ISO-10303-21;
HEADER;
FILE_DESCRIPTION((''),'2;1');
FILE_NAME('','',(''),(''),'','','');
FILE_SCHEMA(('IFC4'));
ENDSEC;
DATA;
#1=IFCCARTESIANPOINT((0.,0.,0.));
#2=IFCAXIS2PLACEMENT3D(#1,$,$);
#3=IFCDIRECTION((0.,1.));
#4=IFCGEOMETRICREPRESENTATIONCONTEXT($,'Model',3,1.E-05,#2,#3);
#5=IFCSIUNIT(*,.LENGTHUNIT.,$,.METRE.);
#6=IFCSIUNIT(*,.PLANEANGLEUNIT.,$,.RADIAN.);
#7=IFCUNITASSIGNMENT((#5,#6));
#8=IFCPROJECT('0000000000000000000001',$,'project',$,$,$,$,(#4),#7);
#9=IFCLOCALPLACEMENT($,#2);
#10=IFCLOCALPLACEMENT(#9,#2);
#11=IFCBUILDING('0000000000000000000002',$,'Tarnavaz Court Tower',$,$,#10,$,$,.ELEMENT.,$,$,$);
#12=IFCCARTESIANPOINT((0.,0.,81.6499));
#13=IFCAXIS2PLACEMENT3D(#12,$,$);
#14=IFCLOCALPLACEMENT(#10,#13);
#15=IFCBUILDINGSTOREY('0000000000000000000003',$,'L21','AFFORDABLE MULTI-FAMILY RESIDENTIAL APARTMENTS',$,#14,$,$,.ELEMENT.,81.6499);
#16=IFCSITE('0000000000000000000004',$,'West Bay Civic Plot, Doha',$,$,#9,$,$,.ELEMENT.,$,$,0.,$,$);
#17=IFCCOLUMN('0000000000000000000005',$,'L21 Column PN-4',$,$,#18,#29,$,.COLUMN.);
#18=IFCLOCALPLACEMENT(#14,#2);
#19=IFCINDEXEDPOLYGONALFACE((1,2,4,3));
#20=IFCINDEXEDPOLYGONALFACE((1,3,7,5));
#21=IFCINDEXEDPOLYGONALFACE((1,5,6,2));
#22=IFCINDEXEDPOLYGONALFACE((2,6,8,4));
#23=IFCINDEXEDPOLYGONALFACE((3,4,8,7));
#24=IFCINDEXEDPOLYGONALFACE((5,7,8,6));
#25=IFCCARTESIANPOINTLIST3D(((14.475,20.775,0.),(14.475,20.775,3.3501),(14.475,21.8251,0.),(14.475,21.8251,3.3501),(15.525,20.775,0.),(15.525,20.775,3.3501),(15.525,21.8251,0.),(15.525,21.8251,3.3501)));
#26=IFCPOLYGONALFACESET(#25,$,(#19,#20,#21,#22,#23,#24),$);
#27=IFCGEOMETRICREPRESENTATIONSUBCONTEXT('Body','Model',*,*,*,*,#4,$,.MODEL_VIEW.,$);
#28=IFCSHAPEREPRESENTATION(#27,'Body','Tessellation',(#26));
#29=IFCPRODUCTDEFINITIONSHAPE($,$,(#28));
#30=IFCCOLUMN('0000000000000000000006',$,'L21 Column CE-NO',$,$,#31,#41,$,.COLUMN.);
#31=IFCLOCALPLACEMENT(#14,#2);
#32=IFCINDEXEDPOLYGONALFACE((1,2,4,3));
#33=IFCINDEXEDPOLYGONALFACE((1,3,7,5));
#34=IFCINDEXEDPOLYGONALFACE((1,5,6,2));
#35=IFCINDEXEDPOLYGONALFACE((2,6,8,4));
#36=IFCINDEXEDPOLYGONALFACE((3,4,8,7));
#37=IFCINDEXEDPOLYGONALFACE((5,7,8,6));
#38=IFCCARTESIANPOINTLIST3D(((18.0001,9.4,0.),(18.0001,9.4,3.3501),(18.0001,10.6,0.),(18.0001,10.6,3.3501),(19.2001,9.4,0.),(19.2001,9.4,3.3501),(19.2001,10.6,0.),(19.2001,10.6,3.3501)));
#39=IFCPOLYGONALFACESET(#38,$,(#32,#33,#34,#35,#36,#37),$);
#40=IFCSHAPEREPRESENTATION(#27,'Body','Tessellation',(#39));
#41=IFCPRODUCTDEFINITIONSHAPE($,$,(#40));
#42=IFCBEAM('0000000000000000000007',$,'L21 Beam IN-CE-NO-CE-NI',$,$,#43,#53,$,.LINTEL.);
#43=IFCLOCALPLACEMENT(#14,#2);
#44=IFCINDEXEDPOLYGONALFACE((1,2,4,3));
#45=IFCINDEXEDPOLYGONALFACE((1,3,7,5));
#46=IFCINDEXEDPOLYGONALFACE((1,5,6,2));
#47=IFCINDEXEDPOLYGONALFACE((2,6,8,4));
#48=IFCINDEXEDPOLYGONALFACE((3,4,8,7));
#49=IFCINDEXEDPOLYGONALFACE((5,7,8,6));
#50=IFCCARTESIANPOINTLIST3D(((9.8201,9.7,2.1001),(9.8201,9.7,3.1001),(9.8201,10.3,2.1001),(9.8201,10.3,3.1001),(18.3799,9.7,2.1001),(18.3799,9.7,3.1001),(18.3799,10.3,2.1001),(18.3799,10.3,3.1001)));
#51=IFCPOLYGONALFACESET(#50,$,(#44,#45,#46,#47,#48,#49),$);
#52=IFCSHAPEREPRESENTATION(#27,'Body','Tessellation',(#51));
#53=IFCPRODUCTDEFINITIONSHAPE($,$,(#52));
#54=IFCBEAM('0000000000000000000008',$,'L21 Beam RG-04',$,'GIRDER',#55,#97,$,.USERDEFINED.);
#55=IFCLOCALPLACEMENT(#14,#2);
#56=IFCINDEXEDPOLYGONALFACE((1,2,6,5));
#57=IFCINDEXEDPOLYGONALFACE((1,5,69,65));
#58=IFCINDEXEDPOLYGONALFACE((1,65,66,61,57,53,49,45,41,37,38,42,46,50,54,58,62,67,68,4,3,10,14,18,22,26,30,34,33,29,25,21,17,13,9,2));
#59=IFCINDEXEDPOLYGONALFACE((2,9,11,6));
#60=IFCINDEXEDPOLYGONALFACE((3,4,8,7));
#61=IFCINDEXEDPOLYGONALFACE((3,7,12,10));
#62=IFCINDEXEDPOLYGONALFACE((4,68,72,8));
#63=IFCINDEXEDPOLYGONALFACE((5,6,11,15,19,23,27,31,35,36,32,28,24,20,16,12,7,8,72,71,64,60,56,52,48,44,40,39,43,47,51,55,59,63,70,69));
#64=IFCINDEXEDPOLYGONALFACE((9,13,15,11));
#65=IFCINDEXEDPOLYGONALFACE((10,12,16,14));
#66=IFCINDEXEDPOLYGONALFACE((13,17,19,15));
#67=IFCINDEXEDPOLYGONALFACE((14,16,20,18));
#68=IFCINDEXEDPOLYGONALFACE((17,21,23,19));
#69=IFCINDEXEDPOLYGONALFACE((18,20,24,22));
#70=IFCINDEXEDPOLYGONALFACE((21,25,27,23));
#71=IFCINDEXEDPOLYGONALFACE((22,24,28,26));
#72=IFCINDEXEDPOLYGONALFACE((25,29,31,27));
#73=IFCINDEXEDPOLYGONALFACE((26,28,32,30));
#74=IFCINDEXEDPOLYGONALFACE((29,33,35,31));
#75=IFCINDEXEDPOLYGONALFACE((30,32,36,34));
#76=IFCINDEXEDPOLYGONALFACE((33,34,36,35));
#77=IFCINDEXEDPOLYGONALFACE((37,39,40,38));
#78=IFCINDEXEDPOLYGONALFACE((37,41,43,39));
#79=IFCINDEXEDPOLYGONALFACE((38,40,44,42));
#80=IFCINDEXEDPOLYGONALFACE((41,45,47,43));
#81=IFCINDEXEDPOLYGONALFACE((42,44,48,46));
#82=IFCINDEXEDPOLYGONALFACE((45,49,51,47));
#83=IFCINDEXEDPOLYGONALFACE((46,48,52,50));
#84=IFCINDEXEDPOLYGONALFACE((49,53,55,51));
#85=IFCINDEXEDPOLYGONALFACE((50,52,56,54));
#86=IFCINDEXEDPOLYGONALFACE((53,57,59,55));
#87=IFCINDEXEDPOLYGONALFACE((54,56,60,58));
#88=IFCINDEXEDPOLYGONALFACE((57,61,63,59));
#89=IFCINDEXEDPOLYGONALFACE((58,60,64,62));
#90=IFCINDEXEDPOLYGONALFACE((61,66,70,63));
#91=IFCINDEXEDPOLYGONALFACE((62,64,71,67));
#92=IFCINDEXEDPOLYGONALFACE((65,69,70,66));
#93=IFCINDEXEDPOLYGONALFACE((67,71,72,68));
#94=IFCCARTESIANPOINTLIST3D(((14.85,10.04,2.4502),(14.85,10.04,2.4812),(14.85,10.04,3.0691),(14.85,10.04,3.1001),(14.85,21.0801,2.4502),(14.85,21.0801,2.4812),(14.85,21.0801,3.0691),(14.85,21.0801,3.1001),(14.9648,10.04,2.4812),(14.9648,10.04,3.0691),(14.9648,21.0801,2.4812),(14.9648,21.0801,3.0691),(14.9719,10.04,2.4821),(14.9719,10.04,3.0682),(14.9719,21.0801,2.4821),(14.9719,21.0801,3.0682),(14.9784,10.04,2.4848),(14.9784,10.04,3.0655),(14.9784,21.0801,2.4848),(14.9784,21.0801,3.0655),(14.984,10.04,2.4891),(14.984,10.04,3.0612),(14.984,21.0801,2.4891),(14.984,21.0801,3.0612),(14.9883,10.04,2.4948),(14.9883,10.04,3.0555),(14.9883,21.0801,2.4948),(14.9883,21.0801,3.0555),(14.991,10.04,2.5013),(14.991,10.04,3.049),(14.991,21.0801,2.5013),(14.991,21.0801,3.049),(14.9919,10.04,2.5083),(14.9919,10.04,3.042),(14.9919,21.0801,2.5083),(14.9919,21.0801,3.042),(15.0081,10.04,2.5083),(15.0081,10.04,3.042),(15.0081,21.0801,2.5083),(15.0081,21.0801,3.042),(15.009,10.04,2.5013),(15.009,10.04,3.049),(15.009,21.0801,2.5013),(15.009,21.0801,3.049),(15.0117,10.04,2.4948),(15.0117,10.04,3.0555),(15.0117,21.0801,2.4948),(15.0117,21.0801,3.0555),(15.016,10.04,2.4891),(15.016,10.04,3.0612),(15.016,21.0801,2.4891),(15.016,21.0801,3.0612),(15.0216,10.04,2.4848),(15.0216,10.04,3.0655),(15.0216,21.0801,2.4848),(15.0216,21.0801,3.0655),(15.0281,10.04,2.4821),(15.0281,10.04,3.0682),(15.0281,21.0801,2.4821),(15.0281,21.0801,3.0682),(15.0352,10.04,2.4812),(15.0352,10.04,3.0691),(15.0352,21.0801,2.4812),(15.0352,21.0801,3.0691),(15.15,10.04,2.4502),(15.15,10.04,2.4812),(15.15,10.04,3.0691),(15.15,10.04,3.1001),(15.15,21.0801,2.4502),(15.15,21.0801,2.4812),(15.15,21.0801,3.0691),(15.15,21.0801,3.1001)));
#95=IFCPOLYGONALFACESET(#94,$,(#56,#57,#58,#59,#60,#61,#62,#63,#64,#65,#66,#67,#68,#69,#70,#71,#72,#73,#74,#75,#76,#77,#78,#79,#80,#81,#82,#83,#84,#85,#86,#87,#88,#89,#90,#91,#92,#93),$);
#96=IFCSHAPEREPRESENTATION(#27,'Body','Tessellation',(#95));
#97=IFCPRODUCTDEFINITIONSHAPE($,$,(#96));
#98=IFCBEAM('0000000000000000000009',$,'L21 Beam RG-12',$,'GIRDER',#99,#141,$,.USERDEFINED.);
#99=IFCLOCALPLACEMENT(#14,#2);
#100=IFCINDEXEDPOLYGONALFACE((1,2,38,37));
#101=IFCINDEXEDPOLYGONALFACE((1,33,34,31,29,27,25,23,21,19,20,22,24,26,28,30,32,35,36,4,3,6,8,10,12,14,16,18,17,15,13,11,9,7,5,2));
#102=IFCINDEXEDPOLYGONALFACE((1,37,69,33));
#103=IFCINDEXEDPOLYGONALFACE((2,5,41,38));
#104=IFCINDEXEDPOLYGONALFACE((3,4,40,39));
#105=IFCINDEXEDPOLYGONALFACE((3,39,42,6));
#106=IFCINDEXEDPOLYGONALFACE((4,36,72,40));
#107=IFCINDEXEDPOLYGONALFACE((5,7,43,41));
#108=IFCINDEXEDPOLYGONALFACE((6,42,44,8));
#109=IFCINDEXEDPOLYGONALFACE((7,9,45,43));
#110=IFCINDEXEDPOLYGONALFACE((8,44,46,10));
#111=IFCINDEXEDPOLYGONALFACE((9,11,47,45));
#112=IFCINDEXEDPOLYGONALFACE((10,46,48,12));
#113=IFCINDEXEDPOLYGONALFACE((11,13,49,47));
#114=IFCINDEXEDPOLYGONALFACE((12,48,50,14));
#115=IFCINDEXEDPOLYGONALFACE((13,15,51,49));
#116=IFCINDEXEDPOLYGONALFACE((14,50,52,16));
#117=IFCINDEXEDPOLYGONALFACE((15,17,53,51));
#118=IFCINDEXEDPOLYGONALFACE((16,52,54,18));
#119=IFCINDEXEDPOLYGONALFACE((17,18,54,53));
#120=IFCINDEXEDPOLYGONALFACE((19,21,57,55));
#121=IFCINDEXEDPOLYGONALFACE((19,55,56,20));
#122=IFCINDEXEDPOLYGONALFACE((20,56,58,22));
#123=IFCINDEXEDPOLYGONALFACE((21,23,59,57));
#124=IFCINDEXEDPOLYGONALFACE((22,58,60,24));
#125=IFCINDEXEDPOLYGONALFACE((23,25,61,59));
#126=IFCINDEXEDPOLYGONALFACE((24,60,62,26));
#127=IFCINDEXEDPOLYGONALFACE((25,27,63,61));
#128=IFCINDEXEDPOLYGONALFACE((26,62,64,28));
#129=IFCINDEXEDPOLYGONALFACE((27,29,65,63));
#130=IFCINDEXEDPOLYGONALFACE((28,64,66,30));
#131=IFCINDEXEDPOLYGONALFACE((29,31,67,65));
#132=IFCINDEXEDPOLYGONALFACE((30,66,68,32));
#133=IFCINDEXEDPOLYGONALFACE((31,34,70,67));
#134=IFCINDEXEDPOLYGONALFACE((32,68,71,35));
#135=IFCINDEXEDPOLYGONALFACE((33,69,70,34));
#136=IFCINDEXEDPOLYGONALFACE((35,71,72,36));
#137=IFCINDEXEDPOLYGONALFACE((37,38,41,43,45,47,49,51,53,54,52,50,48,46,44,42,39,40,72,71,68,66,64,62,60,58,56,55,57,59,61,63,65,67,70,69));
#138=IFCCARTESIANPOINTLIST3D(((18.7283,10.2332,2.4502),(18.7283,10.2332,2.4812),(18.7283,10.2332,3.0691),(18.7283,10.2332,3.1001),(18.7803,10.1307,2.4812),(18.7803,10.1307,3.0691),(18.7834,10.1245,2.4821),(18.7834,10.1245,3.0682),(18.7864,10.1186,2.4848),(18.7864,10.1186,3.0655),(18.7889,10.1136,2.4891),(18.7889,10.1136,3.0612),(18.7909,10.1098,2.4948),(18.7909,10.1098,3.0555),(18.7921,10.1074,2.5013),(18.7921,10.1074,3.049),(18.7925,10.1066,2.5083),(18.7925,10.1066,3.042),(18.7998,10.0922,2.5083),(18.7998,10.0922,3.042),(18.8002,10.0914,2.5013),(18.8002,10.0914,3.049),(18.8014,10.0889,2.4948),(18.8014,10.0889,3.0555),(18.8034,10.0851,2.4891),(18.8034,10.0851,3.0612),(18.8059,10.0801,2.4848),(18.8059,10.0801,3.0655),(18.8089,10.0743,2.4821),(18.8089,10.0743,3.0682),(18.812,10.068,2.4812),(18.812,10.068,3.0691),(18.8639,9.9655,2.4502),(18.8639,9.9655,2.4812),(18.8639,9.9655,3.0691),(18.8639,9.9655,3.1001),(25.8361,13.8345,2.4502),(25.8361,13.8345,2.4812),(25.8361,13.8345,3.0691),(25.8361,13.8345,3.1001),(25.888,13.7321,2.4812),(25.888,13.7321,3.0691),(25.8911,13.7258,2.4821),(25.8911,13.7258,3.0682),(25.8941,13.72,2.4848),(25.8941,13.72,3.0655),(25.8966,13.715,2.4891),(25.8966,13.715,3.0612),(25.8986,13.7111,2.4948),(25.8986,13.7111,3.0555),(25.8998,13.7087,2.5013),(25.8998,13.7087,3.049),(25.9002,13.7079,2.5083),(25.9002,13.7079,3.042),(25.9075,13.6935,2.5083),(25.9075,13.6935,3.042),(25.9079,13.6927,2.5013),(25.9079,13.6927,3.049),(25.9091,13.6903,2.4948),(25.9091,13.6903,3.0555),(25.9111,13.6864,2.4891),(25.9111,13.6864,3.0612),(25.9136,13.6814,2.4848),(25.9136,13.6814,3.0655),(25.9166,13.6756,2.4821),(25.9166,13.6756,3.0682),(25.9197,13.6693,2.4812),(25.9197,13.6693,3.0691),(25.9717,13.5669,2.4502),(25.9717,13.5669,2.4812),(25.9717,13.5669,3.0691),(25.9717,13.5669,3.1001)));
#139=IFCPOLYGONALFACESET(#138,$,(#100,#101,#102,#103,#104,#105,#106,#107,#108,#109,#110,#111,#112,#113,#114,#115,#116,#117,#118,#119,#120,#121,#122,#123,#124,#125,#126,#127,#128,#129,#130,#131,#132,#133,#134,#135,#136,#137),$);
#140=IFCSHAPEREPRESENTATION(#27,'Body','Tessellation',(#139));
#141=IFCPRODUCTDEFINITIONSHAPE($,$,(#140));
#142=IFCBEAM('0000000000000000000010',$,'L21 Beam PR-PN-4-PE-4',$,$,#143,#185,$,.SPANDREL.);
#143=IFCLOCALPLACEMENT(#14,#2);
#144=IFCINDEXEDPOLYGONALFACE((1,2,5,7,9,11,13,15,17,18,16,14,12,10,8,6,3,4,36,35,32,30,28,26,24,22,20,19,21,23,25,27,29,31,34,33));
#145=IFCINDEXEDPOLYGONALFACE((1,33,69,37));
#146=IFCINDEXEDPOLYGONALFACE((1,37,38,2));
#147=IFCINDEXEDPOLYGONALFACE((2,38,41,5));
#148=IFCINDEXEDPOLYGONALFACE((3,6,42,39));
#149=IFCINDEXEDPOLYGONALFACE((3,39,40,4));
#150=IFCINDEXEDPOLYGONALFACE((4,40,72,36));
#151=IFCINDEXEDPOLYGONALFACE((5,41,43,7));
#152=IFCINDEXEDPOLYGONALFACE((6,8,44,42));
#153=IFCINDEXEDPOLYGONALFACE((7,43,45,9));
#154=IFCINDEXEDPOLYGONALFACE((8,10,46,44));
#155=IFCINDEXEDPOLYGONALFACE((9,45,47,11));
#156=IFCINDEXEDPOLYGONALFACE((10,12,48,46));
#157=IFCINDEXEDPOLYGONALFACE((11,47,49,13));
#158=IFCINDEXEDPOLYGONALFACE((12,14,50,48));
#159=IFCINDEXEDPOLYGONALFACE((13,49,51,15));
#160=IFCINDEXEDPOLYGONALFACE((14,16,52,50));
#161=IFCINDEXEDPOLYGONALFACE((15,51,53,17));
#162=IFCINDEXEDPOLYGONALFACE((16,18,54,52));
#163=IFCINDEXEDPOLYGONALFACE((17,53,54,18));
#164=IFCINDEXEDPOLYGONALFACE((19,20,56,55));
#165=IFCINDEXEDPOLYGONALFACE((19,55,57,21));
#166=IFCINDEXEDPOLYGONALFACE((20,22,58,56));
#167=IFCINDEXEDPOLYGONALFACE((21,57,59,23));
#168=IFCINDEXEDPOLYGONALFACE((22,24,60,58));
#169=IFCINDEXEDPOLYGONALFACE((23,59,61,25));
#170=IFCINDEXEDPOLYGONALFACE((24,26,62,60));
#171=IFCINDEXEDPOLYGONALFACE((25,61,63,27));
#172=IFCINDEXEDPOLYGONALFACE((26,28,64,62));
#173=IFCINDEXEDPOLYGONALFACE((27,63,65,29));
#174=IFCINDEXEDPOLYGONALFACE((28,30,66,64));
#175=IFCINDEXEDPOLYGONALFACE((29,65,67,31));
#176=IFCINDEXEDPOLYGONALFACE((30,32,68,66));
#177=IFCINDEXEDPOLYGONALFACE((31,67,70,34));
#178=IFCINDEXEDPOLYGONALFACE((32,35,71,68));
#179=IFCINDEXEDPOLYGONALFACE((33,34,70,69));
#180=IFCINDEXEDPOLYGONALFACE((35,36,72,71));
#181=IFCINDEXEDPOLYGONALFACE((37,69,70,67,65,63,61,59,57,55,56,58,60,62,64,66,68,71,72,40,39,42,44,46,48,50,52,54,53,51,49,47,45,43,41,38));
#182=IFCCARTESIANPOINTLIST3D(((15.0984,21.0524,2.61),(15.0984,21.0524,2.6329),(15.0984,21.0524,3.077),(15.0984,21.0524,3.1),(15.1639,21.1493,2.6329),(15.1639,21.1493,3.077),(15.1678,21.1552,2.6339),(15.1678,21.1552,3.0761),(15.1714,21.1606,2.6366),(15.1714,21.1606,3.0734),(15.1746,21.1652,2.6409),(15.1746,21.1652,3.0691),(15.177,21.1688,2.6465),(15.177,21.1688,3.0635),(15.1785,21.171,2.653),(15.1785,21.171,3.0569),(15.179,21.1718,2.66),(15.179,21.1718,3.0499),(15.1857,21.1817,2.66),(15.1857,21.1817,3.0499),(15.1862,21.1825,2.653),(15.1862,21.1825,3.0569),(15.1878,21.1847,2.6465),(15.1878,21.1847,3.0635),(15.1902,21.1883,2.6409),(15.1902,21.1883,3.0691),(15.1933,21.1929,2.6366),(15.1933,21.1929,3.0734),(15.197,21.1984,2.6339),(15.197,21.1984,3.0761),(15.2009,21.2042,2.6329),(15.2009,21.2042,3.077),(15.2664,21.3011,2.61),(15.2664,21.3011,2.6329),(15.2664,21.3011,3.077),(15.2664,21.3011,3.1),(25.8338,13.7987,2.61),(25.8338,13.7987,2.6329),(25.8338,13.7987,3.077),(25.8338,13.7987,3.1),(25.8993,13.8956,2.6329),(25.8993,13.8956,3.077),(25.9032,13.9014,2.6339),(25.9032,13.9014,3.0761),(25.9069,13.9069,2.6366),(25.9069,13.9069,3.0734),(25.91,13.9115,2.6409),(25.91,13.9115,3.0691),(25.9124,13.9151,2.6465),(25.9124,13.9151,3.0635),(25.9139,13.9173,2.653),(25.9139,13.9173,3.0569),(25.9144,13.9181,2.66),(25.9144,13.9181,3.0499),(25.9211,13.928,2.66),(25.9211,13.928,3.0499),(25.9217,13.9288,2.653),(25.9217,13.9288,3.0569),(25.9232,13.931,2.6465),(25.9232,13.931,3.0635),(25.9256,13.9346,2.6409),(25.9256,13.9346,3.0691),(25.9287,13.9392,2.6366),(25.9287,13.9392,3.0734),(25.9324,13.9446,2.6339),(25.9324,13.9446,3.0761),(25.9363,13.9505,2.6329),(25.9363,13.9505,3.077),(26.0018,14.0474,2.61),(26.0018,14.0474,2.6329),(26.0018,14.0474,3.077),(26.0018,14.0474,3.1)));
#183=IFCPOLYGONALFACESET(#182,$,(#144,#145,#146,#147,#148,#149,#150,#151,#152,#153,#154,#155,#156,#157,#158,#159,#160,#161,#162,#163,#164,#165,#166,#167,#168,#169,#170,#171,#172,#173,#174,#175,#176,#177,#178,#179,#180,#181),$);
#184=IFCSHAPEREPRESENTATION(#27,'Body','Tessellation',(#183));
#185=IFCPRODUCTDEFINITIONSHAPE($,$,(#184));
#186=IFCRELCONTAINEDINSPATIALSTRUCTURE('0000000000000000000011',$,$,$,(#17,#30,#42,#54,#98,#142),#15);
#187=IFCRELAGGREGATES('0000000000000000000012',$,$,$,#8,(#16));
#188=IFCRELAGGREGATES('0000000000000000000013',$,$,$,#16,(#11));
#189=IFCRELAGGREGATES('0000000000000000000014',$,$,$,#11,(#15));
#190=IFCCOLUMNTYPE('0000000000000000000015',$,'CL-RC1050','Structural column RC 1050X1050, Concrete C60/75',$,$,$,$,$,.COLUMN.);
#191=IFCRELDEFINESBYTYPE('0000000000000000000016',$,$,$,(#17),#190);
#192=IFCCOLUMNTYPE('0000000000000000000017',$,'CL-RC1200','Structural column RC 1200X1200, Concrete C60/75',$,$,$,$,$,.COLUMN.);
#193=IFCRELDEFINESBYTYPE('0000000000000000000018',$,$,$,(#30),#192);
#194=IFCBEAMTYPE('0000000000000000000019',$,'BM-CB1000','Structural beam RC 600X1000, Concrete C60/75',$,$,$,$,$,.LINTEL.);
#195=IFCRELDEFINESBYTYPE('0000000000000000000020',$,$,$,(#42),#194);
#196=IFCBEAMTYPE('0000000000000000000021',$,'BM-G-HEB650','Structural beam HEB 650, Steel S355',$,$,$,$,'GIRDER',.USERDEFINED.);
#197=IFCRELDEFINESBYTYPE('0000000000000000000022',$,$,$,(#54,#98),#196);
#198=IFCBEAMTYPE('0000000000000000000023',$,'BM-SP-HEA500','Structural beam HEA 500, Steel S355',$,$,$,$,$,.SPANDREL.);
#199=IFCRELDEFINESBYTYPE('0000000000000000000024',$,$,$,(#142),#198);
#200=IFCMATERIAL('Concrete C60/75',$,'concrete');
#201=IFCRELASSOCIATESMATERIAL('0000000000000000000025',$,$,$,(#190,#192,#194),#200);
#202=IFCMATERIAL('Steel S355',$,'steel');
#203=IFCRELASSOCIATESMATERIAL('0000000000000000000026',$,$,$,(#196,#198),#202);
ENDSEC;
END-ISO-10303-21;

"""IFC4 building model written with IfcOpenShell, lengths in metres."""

from ifc_helpers import new_model, si_unit, direction, frame, origin, origin_2d, place, context, subcontext, project, spatial, rectangle, i_section, extrude, material, material_profile, profile_set, type_object, element, save


model = new_model("IFC4")

# Units and contexts
model_context = context("Model", 3, precision=1e-05, world=origin(), true_north=direction((0.0, 1.0)))
body_context = subcontext(model_context, "Body", "Model", "MODEL_VIEW")
ifc_project = project(units=[si_unit("LENGTHUNIT", "METRE"), si_unit("PLANEANGLEUNIT", "RADIAN")], contexts=[model_context])

# Site, building, storey
site_placement = place(None, origin())
site = spatial("IfcSite", under=ifc_project, at=site_placement, Name="West Bay Civic Plot, Doha", CompositionType="ELEMENT", RefElevation=0.0)
building_placement = place(site_placement, origin())
building = spatial("IfcBuilding", under=site, at=building_placement, Name="Tarnavaz Court Tower", CompositionType="ELEMENT")
storey_placement = place(building_placement, frame((0.0, 0.0, 81.6499)))
storey = spatial("IfcBuildingStorey", under=building, at=storey_placement, Name="L21", Description="AFFORDABLE MULTI-FAMILY RESIDENTIAL APARTMENTS", CompositionType="ELEMENT", Elevation=81.6499)

# Columns
ifc_material_1 = material(Name="Concrete C60/75", Category="concrete")
ifc_material_profile_1 = material_profile(ifc_material_1, rectangle(XDim=1.05, YDim=1.05, at=origin_2d()), Name="RC 1050X1050")
ifc_profile_set_1 = profile_set([ifc_material_profile_1], Name="Concrete C60/75")
column_type_1 = type_object("IfcColumnType", Name="CL-RC1050", Description="Structural column RC 1050X1050, Concrete C60/75", PredefinedType="COLUMN", material=ifc_profile_set_1)
column_1_placement = place(storey_placement, frame((15.0, 21.3, 0.0), z_axis=(0.0, 0.0, 1.0), x_axis=(1.0, 0.0, 0.0)))
element("IfcColumn", 1, at=column_1_placement, inside=storey, type_object=column_type_1, Name="L21 Column PN-4", PredefinedType="COLUMN", context=body_context, shape_type="SweptSolid", body=[
    extrude(rectangle(XDim=1.05, YDim=1.05, at=origin_2d()), origin(), (0.0, 0.0, 1.0), 3.3501),
])
ifc_material_profile_2 = material_profile(ifc_material_1, rectangle(XDim=1.2, YDim=1.2, at=origin_2d()), Name="RC 1200X1200")
ifc_profile_set_2 = profile_set([ifc_material_profile_2], Name="Concrete C60/75")
column_type_2 = type_object("IfcColumnType", Name="CL-RC1200", Description="Structural column RC 1200X1200, Concrete C60/75", PredefinedType="COLUMN", material=ifc_profile_set_2)
column_2_placement = place(storey_placement, frame((18.6001, 10.0, 0.0), z_axis=(0.0, 0.0, 1.0), x_axis=(1.0, 0.0, 0.0)))
element("IfcColumn", 2, at=column_2_placement, inside=storey, type_object=column_type_2, Name="L21 Column CE-NO", PredefinedType="COLUMN", context=body_context, shape_type="SweptSolid", body=[
    extrude(rectangle(XDim=1.2, YDim=1.2, at=origin_2d()), origin(), (0.0, 0.0, 1.0), 3.3501),
])

# Beams
ifc_material_profile_3 = material_profile(ifc_material_1, rectangle(XDim=0.6001, YDim=1.0, at=origin_2d()), Name="RC 600X1000")
ifc_profile_set_3 = profile_set([ifc_material_profile_3], Name="Concrete C60/75")
beam_type_1 = type_object("IfcBeamType", Name="BM-CB1000", Description="Structural beam RC 600X1000, Concrete C60/75", PredefinedType="LINTEL", material=ifc_profile_set_3)
beam_1_placement = place(storey_placement, frame((18.3799, 10.0, 2.6001), z_axis=(-1.0, 0.0, 0.0), x_axis=(0.0, -1.0, 0.0)))
element("IfcBeam", 3, at=beam_1_placement, inside=storey, type_object=beam_type_1, Name="L21 Beam IN-CE-NO-CE-NI", PredefinedType="LINTEL", context=body_context, shape_type="SweptSolid", body=[
    extrude(rectangle(XDim=0.6001, YDim=1.0, at=origin_2d()), origin(), (0.0, 0.0, 1.0), 8.5598),
])
ifc_material_2 = material(Name="Steel S355", Category="steel")
ifc_material_profile_4 = material_profile(ifc_material_2, i_section(OverallWidth=0.3, OverallDepth=0.6499, WebThickness=0.0161, FlangeThickness=0.031, FilletRadius=0.0271, at=origin_2d()), Name="HEB 650")
ifc_profile_set_4 = profile_set([ifc_material_profile_4], Name="Steel S355")
beam_type_2 = type_object("IfcBeamType", Name="BM-G-HEB650", Description="Structural beam HEB 650, Steel S355", ElementType="GIRDER", PredefinedType="USERDEFINED", material=ifc_profile_set_4)
beam_2_placement = place(storey_placement, frame((15.0, 10.04, 2.7751), z_axis=(0.0, 1.0, 0.0), x_axis=(-1.0, 0.0, 0.0)))
element("IfcBeam", 4, at=beam_2_placement, inside=storey, type_object=beam_type_2, Name="L21 Beam RG-04", ObjectType="GIRDER", PredefinedType="USERDEFINED", context=body_context, shape_type="SweptSolid", body=[
    extrude(i_section(OverallWidth=0.3, OverallDepth=0.6499, WebThickness=0.0161, FlangeThickness=0.031, FilletRadius=0.0271, at=origin_2d()), origin(), (0.0, 0.0, 1.0), 11.04),
])
beam_3_placement = place(storey_placement, frame((18.7961, 10.0994, 2.7751), z_axis=(0.892031, 0.451975, 0.0), x_axis=(-0.451975, 0.892031, 0.0)))
element("IfcBeam", 5, at=beam_3_placement, inside=storey, type_object=beam_type_2, Name="L21 Beam RG-12", ObjectType="GIRDER", PredefinedType="USERDEFINED", context=body_context, shape_type="SweptSolid", body=[
    extrude(i_section(OverallWidth=0.3, OverallDepth=0.6499, WebThickness=0.0161, FlangeThickness=0.031, FilletRadius=0.0271, at=origin_2d()), origin(), (0.0, 0.0, 1.0), 7.968),
])
ifc_material_profile_5 = material_profile(ifc_material_2, i_section(OverallWidth=0.3, OverallDepth=0.49, WebThickness=0.012, FlangeThickness=0.0229, FilletRadius=0.0271, at=origin_2d()), Name="HEA 500")
ifc_profile_set_5 = profile_set([ifc_material_profile_5], Name="Steel S355")
beam_type_3 = type_object("IfcBeamType", Name="BM-SP-HEA500", Description="Structural beam HEA 500, Steel S355", PredefinedType="SPANDREL", material=ifc_profile_set_5)
beam_4_placement = place(storey_placement, frame((15.1824, 21.1768, 2.855), z_axis=(0.828587, -0.55986, 0.0), x_axis=(0.55986, 0.828587, 0.0)))
element("IfcBeam", 6, at=beam_4_placement, inside=storey, type_object=beam_type_3, Name="L21 Beam PR-PN-4-PE-4", PredefinedType="SPANDREL", context=body_context, shape_type="SweptSolid", body=[
    extrude(i_section(OverallWidth=0.3, OverallDepth=0.49, WebThickness=0.012, FlangeThickness=0.0229, FilletRadius=0.0271, at=origin_2d()), origin(), (0.0, 0.0, 1.0), 12.9563),
])

save(model, "model.ifc")
